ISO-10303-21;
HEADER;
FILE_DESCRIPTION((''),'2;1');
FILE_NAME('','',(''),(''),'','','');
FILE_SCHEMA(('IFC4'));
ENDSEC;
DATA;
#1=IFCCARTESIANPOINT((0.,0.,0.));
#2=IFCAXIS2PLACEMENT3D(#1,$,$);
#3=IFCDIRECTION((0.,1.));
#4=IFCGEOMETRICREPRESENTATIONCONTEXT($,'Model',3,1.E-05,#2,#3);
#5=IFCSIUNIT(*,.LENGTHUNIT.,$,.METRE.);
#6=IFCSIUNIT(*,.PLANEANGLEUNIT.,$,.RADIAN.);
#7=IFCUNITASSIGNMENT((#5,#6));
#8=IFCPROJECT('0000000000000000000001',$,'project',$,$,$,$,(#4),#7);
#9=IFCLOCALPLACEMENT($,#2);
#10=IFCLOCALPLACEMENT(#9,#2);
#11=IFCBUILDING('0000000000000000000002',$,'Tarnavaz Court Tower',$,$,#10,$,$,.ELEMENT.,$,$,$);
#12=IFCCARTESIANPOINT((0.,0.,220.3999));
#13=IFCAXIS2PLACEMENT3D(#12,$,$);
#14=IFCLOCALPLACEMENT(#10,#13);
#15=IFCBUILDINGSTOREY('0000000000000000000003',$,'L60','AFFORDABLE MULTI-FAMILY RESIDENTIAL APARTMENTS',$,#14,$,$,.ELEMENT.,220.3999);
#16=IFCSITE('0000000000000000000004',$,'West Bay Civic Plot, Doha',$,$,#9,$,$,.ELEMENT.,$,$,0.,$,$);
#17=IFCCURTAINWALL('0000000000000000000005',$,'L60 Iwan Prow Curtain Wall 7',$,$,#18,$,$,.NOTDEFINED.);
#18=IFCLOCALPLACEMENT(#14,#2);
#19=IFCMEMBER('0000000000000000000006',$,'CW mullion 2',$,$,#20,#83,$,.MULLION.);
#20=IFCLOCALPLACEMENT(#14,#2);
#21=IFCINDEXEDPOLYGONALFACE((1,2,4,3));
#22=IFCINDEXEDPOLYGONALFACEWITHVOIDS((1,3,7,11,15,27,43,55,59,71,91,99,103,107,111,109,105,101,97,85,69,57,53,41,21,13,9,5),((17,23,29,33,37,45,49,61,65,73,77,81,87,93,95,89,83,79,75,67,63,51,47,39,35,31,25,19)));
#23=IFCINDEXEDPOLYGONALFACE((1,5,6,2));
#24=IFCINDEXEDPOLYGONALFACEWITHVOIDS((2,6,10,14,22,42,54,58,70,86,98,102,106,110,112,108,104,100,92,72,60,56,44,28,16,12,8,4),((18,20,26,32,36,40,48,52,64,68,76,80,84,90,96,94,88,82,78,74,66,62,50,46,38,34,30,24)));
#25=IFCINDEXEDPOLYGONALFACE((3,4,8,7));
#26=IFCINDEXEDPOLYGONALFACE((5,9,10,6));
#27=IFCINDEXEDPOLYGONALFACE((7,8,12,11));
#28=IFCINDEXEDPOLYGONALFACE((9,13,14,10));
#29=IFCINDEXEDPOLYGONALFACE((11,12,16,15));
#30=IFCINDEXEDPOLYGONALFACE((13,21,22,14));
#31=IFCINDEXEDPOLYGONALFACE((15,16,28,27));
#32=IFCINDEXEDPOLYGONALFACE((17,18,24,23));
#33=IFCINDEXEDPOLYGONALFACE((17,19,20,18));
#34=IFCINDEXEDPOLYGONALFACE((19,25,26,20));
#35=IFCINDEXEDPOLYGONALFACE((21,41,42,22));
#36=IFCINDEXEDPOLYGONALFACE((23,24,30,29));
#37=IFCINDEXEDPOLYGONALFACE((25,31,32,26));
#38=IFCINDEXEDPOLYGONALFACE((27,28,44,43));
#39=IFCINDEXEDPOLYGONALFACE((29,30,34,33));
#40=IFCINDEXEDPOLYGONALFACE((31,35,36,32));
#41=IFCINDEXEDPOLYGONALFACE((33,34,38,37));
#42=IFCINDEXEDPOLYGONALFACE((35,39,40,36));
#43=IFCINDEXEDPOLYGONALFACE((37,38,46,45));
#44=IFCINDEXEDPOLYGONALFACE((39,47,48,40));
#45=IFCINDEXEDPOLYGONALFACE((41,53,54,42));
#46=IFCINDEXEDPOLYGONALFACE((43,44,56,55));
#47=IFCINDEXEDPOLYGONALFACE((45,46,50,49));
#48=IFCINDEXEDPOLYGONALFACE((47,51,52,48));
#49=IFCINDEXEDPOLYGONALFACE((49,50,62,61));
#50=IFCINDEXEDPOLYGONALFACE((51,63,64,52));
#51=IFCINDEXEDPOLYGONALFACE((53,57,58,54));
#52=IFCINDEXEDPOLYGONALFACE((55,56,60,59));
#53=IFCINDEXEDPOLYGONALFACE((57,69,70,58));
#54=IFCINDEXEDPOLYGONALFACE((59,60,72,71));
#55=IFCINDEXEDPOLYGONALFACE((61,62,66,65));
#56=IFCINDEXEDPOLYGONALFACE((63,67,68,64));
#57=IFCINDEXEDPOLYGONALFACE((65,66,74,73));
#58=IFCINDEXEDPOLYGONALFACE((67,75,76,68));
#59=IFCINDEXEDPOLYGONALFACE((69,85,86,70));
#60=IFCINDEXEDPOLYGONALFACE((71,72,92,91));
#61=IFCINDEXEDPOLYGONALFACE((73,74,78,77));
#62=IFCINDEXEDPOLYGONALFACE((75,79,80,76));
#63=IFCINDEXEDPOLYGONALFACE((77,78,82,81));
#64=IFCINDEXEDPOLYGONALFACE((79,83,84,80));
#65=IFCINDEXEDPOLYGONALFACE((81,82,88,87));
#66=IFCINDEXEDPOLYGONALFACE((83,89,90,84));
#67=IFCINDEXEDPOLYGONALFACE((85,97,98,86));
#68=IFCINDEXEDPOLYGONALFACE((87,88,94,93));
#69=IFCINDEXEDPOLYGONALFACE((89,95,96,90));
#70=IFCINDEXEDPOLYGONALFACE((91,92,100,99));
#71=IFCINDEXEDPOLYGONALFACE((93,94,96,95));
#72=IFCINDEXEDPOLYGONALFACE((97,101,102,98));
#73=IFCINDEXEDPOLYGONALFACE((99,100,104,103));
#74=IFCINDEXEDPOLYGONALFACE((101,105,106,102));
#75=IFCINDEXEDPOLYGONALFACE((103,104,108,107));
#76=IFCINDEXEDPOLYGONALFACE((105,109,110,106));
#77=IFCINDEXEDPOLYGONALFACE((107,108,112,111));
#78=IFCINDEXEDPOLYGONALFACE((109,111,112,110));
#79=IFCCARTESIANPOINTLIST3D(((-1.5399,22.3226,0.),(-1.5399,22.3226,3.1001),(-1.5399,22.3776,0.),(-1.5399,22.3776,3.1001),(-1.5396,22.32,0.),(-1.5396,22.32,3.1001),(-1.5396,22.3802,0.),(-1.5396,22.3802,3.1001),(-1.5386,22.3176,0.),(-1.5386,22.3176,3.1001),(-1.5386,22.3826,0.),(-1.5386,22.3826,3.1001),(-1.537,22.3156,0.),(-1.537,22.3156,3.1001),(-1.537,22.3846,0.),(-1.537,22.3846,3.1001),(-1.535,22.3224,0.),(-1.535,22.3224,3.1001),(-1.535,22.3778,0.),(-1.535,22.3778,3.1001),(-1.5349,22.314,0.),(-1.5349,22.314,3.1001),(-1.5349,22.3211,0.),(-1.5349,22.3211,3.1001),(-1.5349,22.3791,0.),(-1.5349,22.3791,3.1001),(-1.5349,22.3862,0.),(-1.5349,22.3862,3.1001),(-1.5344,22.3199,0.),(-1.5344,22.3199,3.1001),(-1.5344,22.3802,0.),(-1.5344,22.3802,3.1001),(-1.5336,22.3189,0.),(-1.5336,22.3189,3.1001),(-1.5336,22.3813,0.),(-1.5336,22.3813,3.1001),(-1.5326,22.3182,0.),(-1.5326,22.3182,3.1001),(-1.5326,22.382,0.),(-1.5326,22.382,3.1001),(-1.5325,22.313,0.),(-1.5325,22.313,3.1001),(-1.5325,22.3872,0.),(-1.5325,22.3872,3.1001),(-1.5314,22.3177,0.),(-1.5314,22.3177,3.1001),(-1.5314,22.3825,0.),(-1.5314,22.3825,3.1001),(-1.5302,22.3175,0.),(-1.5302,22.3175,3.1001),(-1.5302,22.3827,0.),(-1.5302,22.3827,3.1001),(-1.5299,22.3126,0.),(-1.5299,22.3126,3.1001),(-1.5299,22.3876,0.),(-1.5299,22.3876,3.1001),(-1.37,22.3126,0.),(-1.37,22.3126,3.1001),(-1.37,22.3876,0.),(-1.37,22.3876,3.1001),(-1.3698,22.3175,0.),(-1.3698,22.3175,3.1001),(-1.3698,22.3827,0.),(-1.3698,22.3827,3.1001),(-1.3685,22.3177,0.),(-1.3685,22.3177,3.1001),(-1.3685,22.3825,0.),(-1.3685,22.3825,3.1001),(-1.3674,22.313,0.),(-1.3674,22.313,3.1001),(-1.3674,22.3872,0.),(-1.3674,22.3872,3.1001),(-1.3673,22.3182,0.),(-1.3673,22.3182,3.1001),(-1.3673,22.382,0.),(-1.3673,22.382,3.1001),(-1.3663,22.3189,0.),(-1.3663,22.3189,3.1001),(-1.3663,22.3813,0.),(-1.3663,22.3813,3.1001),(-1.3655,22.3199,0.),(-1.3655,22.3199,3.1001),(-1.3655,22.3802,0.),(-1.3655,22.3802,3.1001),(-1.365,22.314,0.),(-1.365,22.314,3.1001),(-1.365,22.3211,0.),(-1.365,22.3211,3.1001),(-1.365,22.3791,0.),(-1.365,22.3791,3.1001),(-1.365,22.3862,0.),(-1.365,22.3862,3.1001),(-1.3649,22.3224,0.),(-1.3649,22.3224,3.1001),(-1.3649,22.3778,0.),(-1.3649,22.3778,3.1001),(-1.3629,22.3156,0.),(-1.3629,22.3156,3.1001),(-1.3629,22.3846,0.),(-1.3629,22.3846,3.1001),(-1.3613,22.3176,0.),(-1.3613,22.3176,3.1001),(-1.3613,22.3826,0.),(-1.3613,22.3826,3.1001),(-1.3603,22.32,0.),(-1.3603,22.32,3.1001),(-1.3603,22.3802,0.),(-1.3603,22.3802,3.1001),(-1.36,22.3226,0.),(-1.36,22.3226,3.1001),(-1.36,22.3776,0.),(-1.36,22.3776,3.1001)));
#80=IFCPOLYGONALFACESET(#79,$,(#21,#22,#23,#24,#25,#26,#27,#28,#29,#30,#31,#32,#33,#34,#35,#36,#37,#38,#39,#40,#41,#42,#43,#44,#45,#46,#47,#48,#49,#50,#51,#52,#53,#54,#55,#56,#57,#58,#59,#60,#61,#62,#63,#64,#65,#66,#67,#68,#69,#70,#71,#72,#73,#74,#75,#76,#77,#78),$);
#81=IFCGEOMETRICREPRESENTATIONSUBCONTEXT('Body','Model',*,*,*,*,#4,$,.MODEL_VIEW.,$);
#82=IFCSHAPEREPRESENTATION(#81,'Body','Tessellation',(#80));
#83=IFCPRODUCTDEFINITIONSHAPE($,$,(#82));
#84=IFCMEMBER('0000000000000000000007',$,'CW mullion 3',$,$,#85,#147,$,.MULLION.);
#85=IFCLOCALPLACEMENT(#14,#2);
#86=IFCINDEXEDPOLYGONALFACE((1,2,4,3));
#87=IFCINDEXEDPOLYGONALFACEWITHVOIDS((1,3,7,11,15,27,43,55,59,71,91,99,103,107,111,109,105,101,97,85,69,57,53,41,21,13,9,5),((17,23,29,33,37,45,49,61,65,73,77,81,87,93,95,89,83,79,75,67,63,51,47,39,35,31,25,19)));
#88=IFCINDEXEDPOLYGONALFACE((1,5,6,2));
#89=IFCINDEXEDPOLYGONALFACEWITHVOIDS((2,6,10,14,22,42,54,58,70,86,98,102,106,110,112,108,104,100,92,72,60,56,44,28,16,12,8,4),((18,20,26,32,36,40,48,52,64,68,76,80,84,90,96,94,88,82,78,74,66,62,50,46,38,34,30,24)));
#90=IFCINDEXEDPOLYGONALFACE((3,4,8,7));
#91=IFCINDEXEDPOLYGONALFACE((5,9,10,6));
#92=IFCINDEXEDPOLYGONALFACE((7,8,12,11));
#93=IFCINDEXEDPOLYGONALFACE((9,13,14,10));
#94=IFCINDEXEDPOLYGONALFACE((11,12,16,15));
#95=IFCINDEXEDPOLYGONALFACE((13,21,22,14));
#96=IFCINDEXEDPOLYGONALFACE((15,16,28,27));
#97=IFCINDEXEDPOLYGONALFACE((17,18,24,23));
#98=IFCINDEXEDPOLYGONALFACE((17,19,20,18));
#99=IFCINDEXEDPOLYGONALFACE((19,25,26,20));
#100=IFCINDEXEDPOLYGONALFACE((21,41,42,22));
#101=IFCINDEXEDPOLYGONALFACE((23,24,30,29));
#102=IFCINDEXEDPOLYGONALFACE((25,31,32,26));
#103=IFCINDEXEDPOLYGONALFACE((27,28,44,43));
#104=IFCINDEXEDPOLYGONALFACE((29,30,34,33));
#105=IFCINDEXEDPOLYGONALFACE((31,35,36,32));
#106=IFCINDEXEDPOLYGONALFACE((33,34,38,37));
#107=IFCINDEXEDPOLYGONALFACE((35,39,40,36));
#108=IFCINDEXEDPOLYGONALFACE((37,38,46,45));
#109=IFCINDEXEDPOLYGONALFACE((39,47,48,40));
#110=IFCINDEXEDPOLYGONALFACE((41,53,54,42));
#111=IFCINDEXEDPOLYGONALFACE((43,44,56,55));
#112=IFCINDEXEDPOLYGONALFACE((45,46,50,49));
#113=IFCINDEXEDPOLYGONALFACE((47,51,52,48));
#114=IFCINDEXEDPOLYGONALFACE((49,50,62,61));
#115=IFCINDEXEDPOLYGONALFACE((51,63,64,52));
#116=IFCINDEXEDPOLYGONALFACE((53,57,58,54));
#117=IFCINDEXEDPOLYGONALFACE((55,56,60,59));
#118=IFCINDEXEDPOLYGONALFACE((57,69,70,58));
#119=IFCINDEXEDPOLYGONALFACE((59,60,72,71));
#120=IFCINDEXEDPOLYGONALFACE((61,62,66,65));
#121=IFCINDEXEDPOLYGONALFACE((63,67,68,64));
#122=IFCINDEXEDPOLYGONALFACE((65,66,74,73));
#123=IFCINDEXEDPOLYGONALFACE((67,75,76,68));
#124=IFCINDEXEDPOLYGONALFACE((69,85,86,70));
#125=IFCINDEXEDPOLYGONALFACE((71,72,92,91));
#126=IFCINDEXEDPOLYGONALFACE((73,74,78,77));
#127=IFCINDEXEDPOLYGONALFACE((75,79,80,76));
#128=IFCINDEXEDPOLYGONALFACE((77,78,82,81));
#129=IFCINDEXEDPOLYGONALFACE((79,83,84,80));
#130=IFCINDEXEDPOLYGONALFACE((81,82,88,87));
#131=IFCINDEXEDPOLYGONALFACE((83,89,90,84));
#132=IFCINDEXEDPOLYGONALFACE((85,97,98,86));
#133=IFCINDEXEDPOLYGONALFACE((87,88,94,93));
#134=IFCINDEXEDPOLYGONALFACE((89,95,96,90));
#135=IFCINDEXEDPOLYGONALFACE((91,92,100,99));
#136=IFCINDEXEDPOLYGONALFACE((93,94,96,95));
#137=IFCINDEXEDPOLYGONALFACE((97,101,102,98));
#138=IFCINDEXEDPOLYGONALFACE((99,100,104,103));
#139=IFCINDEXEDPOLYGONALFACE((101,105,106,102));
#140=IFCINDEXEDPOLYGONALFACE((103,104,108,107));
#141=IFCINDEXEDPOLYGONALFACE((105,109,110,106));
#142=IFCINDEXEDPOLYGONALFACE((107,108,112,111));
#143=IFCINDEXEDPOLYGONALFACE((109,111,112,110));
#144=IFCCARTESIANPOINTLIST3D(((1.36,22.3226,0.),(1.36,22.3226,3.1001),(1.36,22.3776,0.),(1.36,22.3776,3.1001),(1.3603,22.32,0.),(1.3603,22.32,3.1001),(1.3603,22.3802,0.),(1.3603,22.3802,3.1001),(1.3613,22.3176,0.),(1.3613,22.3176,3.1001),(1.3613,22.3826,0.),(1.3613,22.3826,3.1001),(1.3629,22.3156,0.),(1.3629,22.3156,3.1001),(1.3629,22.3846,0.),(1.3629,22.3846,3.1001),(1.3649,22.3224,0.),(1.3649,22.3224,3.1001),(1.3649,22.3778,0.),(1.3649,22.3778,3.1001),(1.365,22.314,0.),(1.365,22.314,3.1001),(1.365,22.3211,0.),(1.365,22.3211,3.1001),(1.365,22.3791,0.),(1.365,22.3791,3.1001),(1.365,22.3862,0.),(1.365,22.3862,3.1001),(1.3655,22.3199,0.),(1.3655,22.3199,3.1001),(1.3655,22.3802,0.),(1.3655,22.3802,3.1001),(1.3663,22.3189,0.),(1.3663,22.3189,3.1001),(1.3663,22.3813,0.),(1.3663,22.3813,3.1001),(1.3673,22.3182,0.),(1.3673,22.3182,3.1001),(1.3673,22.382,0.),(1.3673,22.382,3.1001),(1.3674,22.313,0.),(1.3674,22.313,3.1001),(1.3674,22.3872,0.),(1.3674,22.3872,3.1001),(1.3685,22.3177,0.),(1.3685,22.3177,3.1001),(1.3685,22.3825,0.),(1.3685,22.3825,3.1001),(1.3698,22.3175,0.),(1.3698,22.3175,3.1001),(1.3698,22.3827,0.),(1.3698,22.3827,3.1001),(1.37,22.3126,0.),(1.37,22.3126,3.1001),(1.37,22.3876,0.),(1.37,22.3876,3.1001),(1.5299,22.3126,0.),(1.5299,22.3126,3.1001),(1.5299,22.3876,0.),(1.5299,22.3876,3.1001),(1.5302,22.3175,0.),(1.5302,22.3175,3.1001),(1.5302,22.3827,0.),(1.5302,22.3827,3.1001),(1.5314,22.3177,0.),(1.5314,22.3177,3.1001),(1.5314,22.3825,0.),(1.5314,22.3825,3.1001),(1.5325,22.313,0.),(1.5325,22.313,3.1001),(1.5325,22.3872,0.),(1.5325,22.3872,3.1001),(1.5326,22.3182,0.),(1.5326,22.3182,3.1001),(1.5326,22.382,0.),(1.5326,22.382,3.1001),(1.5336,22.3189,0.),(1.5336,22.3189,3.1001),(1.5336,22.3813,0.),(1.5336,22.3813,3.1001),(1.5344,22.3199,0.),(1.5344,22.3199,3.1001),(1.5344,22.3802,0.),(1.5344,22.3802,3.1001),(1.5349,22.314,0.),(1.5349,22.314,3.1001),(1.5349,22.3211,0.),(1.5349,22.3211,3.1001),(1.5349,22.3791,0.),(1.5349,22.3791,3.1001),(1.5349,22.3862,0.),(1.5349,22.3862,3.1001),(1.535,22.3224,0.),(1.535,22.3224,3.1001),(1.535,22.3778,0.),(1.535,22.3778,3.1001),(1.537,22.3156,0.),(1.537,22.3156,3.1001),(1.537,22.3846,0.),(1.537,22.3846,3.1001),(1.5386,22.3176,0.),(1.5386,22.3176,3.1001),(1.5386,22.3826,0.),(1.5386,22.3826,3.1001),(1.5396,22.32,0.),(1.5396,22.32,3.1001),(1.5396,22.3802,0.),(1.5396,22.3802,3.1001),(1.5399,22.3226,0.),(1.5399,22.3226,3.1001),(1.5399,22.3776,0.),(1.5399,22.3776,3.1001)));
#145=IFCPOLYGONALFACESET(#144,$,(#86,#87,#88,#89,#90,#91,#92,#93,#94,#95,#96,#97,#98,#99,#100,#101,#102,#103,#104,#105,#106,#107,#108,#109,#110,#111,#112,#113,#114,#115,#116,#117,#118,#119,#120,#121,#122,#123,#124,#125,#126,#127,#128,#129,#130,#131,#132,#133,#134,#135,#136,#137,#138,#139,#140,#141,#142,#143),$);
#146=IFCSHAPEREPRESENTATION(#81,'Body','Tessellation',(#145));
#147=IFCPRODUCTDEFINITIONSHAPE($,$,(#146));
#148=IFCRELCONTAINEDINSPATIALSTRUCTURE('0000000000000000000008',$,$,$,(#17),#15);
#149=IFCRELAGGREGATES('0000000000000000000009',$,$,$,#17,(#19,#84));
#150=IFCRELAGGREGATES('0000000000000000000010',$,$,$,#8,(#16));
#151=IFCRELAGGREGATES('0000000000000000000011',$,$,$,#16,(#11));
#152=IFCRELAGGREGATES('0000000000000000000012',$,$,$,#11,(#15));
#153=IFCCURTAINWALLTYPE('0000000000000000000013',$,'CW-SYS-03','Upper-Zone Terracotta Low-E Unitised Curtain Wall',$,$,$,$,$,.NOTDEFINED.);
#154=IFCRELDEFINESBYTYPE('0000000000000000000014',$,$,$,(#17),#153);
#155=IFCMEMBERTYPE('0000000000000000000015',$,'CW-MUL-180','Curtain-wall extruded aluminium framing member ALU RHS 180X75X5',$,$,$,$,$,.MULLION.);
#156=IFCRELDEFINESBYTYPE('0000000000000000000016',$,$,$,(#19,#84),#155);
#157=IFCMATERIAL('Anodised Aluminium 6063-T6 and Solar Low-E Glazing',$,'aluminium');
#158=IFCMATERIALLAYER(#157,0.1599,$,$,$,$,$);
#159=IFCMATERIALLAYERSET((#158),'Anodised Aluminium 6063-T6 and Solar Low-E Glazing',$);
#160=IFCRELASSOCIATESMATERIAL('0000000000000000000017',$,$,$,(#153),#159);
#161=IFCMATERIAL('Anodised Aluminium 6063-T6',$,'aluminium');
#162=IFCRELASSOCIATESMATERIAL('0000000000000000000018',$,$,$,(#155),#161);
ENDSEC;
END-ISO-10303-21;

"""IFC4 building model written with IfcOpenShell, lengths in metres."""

from ifc_helpers import new_model, si_unit, direction, frame, origin, origin_2d, place, context, subcontext, project, spatial, hollow_rectangle, extrude, material, layer, layer_set, material_profile, profile_set, type_object, element, aggregate, save


model = new_model("IFC4")

# Units and contexts
model_context = context("Model", 3, precision=1e-05, world=origin(), true_north=direction((0.0, 1.0)))
body_context = subcontext(model_context, "Body", "Model", "MODEL_VIEW")
ifc_project = project(units=[si_unit("LENGTHUNIT", "METRE"), si_unit("PLANEANGLEUNIT", "RADIAN")], contexts=[model_context])

# Site, building, storey
site_placement = place(None, origin())
site = spatial("IfcSite", under=ifc_project, at=site_placement, Name="West Bay Civic Plot, Doha", CompositionType="ELEMENT", RefElevation=0.0)
building_placement = place(site_placement, origin())
building = spatial("IfcBuilding", under=site, at=building_placement, Name="Tarnavaz Court Tower", CompositionType="ELEMENT")
storey_placement = place(building_placement, frame((0.0, 0.0, 220.3999)))
storey = spatial("IfcBuildingStorey", under=building, at=storey_placement, Name="L60", Description="AFFORDABLE MULTI-FAMILY RESIDENTIAL APARTMENTS", CompositionType="ELEMENT", Elevation=220.3999)

# Curtain wall, members
ifc_material_1 = material(Name="Anodised Aluminium 6063-T6 and Solar Low-E Glazing", Category="aluminium")
ifc_layer_1 = layer(ifc_material_1, 0.1599)
ifc_layer_set_1 = layer_set([ifc_layer_1], Name="Anodised Aluminium 6063-T6 and Solar Low-E Glazing")
curtain_wall_type = type_object("IfcCurtainWallType", Name="CW-SYS-03", Description="Upper-Zone Terracotta Low-E Unitised Curtain Wall", PredefinedType="NOTDEFINED", material=ifc_layer_set_1)
curtain_wall_placement = place(storey_placement, origin())
curtain_wall = element("IfcCurtainWall", 1, at=curtain_wall_placement, inside=storey, type_object=curtain_wall_type, Name="L60 Iwan Prow Curtain Wall 7", PredefinedType="NOTDEFINED")
ifc_material_2 = material(Name="Anodised Aluminium 6063-T6", Category="aluminium")
ifc_material_profile_1 = material_profile(ifc_material_2, hollow_rectangle(XDim=0.075, YDim=0.1799, WallThickness=0.0049, InnerFilletRadius=0.0049, OuterFilletRadius=0.01, at=origin_2d()), Name="ALU RHS 180X75X5")
ifc_profile_set_1 = profile_set([ifc_material_profile_1], Name="Anodised Aluminium 6063-T6")
member_type_1 = type_object("IfcMemberType", Name="CW-MUL-180", Description="Curtain-wall extruded aluminium framing member ALU RHS 180X75X5", PredefinedType="MULLION", material=ifc_profile_set_1)
member_1_placement = place(storey_placement, frame((-1.45, 22.3501, 0.0), z_axis=(0.0, 0.0, 1.0), x_axis=(0.0, 1.0, 0.0)))
member_1 = element("IfcMember", 2, at=member_1_placement, type_object=member_type_1, Name="CW mullion 2", PredefinedType="MULLION", context=body_context, shape_type="SweptSolid", body=[
    extrude(hollow_rectangle(XDim=0.075, YDim=0.1799, WallThickness=0.0049, InnerFilletRadius=0.0049, OuterFilletRadius=0.01, at=origin_2d()), origin(), (0.0, 0.0, 1.0), 3.1001),
])
member_2_placement = place(storey_placement, frame((1.45, 22.3501, 0.0), z_axis=(0.0, 0.0, 1.0), x_axis=(0.0, 1.0, 0.0)))
member_2 = element("IfcMember", 3, at=member_2_placement, type_object=member_type_1, Name="CW mullion 3", PredefinedType="MULLION", context=body_context, shape_type="SweptSolid", body=[
    extrude(hollow_rectangle(XDim=0.075, YDim=0.1799, WallThickness=0.0049, InnerFilletRadius=0.0049, OuterFilletRadius=0.01, at=origin_2d()), origin(), (0.0, 0.0, 1.0), 3.1001),
])
aggregate(curtain_wall, [member_1, member_2])

save(model, "model.ifc")
